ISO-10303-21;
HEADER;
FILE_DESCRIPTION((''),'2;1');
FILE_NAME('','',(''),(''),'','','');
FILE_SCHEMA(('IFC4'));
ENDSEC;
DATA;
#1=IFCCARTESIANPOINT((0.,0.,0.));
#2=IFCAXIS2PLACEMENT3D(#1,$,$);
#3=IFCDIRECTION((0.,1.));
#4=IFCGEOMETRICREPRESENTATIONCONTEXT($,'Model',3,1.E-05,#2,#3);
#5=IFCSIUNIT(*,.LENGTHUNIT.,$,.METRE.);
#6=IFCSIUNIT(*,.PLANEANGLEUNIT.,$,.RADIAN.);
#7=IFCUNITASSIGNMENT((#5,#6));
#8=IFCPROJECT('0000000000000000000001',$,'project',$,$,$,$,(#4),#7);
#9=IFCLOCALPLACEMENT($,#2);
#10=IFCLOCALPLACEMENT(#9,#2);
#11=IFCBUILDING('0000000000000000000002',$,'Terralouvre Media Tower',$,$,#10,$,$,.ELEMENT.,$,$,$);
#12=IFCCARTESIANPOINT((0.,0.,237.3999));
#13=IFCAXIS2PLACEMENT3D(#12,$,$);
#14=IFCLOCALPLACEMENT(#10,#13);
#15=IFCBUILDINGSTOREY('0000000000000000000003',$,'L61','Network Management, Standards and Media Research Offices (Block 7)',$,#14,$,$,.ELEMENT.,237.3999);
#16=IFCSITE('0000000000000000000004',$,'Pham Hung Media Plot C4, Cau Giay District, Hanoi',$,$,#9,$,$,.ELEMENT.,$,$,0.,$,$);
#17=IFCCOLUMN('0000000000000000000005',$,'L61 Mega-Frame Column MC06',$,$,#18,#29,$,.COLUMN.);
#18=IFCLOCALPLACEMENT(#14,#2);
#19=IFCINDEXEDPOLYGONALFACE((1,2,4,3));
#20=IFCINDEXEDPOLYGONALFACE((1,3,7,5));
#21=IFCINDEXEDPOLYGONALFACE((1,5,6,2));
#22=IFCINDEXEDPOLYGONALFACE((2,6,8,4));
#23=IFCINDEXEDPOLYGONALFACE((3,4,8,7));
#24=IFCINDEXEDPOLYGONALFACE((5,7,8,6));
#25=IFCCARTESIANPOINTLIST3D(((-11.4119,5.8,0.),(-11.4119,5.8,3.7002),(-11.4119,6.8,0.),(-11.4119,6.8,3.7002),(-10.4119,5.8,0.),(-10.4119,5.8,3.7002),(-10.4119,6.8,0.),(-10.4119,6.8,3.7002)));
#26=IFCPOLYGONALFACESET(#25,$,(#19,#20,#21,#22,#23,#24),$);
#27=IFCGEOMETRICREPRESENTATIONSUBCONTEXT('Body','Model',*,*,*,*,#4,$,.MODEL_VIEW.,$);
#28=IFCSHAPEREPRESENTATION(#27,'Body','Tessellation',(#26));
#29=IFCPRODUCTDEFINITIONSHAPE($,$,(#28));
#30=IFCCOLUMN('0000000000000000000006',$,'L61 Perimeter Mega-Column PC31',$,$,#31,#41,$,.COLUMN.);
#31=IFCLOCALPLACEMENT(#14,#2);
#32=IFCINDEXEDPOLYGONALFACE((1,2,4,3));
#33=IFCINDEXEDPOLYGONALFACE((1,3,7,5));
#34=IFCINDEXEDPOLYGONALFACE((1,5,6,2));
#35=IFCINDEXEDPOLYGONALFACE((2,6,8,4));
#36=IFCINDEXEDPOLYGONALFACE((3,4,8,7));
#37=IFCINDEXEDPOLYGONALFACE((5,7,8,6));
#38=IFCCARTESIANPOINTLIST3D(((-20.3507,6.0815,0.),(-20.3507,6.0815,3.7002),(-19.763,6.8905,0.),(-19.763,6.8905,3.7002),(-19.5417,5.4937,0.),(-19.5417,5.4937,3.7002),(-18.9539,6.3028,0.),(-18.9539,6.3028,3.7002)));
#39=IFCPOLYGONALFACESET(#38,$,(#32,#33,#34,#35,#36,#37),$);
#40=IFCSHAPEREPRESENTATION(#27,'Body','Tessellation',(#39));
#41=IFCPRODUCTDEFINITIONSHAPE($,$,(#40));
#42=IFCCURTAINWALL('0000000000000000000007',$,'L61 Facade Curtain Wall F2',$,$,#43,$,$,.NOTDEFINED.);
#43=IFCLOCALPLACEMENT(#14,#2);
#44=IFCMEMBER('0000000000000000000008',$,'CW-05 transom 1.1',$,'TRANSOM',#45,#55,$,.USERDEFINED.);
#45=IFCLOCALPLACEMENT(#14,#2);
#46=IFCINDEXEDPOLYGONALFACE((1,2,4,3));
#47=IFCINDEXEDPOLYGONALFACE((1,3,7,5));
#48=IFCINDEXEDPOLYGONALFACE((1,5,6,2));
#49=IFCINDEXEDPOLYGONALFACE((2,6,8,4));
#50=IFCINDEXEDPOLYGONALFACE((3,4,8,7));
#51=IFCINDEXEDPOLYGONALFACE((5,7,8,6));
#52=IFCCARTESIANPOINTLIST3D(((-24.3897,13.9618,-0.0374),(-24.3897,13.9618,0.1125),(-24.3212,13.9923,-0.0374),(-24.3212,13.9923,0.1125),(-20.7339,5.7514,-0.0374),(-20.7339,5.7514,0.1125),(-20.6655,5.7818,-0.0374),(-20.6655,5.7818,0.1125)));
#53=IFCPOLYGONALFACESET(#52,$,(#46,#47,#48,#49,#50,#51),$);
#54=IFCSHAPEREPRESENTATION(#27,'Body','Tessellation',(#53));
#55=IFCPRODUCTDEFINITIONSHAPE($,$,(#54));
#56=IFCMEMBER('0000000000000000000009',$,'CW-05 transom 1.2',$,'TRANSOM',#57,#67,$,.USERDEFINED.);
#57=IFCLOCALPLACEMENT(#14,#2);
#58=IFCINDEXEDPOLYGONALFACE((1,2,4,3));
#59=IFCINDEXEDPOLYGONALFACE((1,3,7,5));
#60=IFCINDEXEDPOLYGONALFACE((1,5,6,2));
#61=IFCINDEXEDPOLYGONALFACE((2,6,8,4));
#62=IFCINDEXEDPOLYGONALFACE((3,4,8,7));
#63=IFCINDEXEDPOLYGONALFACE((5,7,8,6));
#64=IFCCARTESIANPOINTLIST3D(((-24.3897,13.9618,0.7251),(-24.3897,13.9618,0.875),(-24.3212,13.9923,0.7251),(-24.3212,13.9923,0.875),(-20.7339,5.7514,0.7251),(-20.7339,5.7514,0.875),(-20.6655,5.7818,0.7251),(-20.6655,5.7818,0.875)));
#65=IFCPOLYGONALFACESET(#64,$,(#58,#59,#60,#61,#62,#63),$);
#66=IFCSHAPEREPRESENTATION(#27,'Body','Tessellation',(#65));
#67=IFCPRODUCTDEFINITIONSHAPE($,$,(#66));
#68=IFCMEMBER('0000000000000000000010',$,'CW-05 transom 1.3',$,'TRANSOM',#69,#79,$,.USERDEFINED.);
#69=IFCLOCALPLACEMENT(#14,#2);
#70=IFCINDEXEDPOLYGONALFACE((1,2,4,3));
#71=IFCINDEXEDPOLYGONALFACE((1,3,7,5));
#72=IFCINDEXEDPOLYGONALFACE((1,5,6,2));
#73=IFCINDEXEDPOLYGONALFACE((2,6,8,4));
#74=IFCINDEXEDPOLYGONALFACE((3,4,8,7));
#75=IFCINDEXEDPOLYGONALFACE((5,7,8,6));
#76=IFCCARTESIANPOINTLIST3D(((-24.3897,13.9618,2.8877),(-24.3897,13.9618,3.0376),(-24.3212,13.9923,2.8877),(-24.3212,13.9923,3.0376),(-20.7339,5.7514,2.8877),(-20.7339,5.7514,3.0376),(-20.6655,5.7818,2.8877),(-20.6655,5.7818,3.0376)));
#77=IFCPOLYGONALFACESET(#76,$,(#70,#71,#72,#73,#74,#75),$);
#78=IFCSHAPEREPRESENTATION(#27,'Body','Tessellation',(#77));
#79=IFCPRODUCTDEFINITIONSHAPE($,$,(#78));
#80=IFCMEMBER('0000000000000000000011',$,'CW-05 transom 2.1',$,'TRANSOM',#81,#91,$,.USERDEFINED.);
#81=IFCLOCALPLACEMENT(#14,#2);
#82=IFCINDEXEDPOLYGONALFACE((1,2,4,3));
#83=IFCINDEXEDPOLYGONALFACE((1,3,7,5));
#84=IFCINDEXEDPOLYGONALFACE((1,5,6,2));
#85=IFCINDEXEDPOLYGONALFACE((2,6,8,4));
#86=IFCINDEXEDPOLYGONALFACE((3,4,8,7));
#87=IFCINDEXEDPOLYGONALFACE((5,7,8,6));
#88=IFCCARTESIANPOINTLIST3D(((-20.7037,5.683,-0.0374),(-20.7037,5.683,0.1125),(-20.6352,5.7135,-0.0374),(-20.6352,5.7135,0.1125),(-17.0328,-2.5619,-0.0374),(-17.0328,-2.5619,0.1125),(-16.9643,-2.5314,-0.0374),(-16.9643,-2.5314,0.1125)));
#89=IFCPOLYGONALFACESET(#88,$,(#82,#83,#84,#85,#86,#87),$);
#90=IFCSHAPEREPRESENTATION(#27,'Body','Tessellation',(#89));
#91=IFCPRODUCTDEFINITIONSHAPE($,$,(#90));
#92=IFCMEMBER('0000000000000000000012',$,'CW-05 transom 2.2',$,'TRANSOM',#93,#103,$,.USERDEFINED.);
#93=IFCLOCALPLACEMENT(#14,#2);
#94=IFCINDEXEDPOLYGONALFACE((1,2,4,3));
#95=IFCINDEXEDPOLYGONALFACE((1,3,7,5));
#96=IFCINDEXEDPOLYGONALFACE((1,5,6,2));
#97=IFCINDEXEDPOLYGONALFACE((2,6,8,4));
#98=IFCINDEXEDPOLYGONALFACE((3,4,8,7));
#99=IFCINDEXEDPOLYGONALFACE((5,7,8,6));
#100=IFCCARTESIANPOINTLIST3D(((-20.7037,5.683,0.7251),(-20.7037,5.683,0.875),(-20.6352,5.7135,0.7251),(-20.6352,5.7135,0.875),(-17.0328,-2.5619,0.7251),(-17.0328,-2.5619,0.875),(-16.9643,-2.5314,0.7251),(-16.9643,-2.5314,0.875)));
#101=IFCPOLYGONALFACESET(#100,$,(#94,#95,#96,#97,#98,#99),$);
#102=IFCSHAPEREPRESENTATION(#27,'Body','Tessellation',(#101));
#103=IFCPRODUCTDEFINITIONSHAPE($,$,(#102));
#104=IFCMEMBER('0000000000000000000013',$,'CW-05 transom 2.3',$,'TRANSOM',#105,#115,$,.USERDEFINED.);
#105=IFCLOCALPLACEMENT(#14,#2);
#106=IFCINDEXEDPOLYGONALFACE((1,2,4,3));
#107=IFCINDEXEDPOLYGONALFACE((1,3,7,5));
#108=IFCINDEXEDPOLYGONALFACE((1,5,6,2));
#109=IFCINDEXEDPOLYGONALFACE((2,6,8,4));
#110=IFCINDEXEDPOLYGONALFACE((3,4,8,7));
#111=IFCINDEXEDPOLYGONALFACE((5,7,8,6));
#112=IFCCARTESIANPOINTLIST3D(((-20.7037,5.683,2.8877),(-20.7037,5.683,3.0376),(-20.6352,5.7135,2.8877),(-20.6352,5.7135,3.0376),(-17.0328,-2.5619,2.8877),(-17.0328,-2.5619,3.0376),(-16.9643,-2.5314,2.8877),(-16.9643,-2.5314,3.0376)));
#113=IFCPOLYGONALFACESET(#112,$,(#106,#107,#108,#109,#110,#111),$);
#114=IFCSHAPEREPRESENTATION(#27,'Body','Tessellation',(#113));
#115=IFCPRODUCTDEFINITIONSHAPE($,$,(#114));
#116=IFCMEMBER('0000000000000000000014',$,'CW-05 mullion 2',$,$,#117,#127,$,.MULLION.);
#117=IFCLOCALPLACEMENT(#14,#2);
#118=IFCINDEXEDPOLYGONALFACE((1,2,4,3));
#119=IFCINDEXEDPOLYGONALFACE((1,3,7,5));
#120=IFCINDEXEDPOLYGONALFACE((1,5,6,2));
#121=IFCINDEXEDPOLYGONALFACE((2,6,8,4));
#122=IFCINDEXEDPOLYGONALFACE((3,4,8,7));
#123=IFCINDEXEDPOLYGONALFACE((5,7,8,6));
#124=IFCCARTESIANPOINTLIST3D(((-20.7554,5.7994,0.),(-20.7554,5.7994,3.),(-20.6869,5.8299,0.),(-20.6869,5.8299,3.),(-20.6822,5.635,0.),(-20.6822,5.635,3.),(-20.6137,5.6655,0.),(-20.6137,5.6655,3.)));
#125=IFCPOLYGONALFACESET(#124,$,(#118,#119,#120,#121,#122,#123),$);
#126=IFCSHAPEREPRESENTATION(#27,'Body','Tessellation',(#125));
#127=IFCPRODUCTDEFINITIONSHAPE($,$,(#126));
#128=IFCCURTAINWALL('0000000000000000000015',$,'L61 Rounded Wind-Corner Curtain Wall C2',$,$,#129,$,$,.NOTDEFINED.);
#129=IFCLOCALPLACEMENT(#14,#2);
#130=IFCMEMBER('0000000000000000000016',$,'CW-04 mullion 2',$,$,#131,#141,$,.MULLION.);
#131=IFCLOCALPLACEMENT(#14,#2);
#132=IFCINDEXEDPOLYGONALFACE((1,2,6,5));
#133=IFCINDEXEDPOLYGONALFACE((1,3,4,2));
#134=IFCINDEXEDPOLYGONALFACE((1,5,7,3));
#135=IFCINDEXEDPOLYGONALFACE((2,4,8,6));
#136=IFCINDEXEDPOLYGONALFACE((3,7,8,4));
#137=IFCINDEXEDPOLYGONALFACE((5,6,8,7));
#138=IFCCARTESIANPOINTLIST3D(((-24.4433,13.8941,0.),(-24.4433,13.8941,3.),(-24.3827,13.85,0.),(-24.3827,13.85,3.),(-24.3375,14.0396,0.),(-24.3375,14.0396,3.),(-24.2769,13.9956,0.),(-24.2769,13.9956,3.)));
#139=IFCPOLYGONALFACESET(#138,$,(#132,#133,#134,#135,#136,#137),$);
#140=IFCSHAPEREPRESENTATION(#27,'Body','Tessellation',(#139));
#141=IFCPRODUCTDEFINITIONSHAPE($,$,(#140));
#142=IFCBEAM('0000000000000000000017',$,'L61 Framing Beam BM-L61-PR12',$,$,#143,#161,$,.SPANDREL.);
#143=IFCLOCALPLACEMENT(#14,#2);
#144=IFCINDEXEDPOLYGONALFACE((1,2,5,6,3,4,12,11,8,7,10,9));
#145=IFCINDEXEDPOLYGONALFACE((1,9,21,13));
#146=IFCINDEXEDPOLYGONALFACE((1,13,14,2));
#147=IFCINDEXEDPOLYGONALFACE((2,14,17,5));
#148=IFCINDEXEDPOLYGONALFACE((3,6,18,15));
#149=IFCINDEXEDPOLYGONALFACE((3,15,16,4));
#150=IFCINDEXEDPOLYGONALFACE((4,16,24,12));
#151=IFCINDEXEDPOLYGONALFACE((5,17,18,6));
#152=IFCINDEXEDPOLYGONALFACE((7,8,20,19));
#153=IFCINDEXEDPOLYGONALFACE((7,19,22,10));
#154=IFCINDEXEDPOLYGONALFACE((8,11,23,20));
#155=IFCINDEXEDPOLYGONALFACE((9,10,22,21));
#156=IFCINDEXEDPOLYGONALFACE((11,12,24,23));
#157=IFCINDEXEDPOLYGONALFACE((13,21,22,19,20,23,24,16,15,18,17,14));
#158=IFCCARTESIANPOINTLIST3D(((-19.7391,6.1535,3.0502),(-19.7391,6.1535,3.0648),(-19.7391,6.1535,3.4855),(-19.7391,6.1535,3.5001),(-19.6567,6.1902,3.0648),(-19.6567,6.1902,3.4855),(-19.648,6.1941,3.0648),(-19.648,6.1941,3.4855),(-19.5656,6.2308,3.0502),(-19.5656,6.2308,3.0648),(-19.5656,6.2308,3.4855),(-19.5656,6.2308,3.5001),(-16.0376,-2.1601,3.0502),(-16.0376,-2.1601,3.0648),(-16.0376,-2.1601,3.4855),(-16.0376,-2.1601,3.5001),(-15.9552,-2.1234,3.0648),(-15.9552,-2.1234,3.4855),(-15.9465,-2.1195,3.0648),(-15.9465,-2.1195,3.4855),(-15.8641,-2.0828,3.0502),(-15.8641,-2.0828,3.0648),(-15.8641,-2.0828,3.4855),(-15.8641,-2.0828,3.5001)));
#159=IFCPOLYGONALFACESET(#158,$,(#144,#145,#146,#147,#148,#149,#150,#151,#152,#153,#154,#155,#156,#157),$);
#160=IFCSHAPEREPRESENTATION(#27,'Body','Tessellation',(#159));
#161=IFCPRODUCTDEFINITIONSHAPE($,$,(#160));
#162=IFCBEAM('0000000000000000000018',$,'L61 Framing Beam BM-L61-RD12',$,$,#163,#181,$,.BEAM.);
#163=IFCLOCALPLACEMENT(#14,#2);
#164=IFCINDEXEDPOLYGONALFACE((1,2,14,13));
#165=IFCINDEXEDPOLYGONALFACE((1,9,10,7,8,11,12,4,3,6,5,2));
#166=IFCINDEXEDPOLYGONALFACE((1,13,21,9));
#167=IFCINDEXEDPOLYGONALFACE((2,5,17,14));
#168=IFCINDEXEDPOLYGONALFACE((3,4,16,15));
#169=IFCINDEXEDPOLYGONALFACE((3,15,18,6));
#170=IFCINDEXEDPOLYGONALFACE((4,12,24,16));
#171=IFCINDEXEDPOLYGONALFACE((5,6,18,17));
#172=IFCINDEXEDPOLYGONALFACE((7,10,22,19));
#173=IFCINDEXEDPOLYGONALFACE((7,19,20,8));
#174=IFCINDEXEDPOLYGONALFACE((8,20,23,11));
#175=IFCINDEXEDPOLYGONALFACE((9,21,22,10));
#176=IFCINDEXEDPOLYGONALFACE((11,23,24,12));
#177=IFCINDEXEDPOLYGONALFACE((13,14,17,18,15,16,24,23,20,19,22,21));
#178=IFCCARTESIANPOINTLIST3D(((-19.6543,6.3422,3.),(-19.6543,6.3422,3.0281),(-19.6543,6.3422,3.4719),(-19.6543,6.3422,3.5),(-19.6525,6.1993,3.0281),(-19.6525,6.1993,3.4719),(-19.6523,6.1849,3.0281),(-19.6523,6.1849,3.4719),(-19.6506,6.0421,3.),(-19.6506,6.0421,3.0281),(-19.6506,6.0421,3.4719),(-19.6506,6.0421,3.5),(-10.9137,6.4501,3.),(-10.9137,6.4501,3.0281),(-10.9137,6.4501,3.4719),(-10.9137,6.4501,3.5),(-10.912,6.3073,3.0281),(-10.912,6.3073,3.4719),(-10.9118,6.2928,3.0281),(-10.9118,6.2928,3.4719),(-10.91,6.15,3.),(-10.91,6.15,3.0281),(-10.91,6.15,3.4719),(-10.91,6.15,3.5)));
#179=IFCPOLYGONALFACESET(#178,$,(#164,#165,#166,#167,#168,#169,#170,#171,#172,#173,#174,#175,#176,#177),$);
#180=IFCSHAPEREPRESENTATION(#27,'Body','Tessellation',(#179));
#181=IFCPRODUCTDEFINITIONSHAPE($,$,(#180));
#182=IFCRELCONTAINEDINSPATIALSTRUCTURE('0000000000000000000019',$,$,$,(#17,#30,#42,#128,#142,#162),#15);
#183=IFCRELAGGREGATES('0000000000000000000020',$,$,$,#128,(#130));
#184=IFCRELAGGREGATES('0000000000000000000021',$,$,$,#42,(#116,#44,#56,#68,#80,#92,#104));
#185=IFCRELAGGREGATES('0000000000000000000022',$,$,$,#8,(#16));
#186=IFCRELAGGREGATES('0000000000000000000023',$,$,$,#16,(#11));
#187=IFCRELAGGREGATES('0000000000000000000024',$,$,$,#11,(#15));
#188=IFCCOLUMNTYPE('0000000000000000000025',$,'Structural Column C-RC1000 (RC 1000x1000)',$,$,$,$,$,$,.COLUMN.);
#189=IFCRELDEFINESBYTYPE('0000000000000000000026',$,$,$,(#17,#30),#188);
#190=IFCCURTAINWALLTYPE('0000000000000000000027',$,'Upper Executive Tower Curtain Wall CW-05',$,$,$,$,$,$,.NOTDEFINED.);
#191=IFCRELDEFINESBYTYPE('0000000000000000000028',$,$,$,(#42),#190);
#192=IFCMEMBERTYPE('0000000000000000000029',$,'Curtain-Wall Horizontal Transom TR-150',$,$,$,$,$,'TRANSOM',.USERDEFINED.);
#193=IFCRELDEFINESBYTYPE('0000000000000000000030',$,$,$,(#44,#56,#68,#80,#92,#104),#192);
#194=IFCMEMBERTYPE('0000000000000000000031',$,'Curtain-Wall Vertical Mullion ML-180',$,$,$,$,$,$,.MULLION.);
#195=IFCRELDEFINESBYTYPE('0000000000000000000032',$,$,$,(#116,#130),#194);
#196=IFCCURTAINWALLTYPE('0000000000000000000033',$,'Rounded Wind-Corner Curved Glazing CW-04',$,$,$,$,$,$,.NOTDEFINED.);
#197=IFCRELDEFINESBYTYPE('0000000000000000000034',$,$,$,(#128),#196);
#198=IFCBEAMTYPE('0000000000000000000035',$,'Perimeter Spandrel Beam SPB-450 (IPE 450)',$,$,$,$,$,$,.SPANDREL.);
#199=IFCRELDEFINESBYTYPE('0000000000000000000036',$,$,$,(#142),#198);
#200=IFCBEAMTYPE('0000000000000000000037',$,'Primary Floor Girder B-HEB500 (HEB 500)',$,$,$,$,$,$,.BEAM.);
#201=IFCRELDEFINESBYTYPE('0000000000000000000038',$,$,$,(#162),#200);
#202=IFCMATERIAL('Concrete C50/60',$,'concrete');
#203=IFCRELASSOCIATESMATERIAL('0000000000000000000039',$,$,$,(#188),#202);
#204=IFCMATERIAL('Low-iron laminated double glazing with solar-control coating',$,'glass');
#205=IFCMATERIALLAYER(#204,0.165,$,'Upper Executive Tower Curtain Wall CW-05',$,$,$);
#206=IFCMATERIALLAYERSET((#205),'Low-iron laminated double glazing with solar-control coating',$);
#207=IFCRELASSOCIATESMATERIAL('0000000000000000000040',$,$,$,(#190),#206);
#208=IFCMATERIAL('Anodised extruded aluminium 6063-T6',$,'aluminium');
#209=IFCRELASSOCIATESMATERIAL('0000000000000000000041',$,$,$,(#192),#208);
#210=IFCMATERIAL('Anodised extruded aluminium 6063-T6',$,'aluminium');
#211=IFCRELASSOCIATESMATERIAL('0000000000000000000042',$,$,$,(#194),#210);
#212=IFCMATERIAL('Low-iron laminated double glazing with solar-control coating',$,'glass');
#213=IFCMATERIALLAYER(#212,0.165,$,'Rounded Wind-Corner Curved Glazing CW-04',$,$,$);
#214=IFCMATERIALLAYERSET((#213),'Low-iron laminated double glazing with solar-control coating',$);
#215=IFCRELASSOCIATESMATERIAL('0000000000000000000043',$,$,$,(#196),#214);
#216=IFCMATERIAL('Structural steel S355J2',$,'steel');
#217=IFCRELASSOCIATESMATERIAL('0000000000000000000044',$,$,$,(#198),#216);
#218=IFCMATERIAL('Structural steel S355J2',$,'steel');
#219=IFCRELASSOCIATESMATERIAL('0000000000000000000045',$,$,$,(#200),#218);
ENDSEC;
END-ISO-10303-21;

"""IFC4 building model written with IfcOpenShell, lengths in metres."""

from ifc_helpers import new_model, si_unit, direction, frame, origin, origin_2d, place, context, subcontext, project, spatial, rectangle, i_section, extrude, material, layer, layer_set, material_profile, profile_set, type_object, element, aggregate, save


model = new_model("IFC4")

# Units and contexts
model_context = context("Model", 3, precision=1e-05, world=origin(), true_north=direction((0.0, 1.0)))
body_context = subcontext(model_context, "Body", "Model", "MODEL_VIEW")
ifc_project = project(units=[si_unit("LENGTHUNIT", "METRE"), si_unit("PLANEANGLEUNIT", "RADIAN")], contexts=[model_context])

# Site, building, storey
site_placement = place(None, origin())
site = spatial("IfcSite", under=ifc_project, at=site_placement, Name="Pham Hung Media Plot C4, Cau Giay District, Hanoi", CompositionType="ELEMENT", RefElevation=0.0)
building_placement = place(site_placement, origin())
building = spatial("IfcBuilding", under=site, at=building_placement, Name="Terralouvre Media Tower", CompositionType="ELEMENT")
storey_placement = place(building_placement, frame((0.0, 0.0, 237.3999)))
storey = spatial("IfcBuildingStorey", under=building, at=storey_placement, Name="L61", Description="Network Management, Standards and Media Research Offices (Block 7)", CompositionType="ELEMENT", Elevation=237.3999)

# Columns
ifc_material_1 = material(Name="Concrete C50/60", Category="concrete")
ifc_material_profile_1 = material_profile(ifc_material_1, rectangle(XDim=1.0, YDim=1.0, at=origin_2d()), Name="RC 1000x1000")
ifc_profile_set_1 = profile_set([ifc_material_profile_1], Name="Concrete C50/60")
column_type = type_object("IfcColumnType", Name="Structural Column C-RC1000 (RC 1000x1000)", PredefinedType="COLUMN", material=ifc_profile_set_1)
for number, where, z_axis, x_axis, name in (
    (1, (-10.9119, 6.3, 0.0), (0.0, 0.0, 1.0), (1.0, 0.0, 0.0), "L61 Mega-Frame Column MC06"),
    (2, (-19.6523, 6.1921, 0.0), (0.0, 0.0, 1.0), (0.587785, 0.809017, 0.0), "L61 Perimeter Mega-Column PC31"),
):
    element("IfcColumn", number, at=place(storey_placement, frame(where, z_axis=z_axis, x_axis=x_axis)), inside=storey, type_object=column_type, Name=name, PredefinedType="COLUMN", context=body_context, shape_type="SweptSolid", body=[
        extrude(rectangle(XDim=1.0, YDim=1.0, at=origin_2d()), origin(), (0.0, 0.0, 1.0), 3.7002),
    ])

# Curtain wall, members
ifc_material_2 = material(Name="Low-iron laminated double glazing with solar-control coating", Category="glass")
ifc_layer_1 = layer(ifc_material_2, 0.165, Name="Upper Executive Tower Curtain Wall CW-05")
ifc_layer_set_1 = layer_set([ifc_layer_1], Name="Low-iron laminated double glazing with solar-control coating")
curtain_wall_type_1 = type_object("IfcCurtainWallType", Name="Upper Executive Tower Curtain Wall CW-05", PredefinedType="NOTDEFINED", material=ifc_layer_set_1)
curtain_wall_1_placement = place(storey_placement, origin())
curtain_wall_1 = element("IfcCurtainWall", 3, at=curtain_wall_1_placement, inside=storey, type_object=curtain_wall_type_1, Name="L61 Facade Curtain Wall F2", PredefinedType="NOTDEFINED")
ifc_material_3 = material(Name="Anodised extruded aluminium 6063-T6", Category="aluminium")
ifc_material_profile_2 = material_profile(ifc_material_3, rectangle(XDim=0.075, YDim=0.1499, at=origin_2d()), Name="ALU 75x150")
ifc_profile_set_2 = profile_set([ifc_material_profile_2], Name="Anodised extruded aluminium 6063-T6")
member_type_1 = type_object("IfcMemberType", Name="Curtain-Wall Horizontal Transom TR-150", ElementType="TRANSOM", PredefinedType="USERDEFINED", material=ifc_profile_set_2)
member_1_placement = place(storey_placement, frame((-24.3555, 13.9771, 0.0376), z_axis=(0.406758, -0.913536, 0.0), x_axis=(0.913536, 0.406758, 0.0)))
member_1 = element("IfcMember", 4, at=member_1_placement, type_object=member_type_1, Name="CW-05 transom 1.1", ObjectType="TRANSOM", PredefinedType="USERDEFINED", context=body_context, shape_type="SweptSolid", body=[
    extrude(rectangle(XDim=0.075, YDim=0.1499, at=origin_2d()), origin(), (0.0, 0.0, 1.0), 8.9875),
])
member_2_placement = place(storey_placement, frame((-24.3555, 13.9771, 0.8), z_axis=(0.406758, -0.913536, 0.0), x_axis=(0.913536, 0.406758, 0.0)))
member_2 = element("IfcMember", 5, at=member_2_placement, type_object=member_type_1, Name="CW-05 transom 1.2", ObjectType="TRANSOM", PredefinedType="USERDEFINED", context=body_context, shape_type="SweptSolid", body=[
    extrude(rectangle(XDim=0.075, YDim=0.1499, at=origin_2d()), origin(), (0.0, 0.0, 1.0), 8.9875),
])
member_3_placement = place(storey_placement, frame((-24.3555, 13.9771, 2.9626), z_axis=(0.406758, -0.913536, 0.0), x_axis=(0.913536, 0.406758, 0.0)))
member_3 = element("IfcMember", 6, at=member_3_placement, type_object=member_type_1, Name="CW-05 transom 1.3", ObjectType="TRANSOM", PredefinedType="USERDEFINED", context=body_context, shape_type="SweptSolid", body=[
    extrude(rectangle(XDim=0.075, YDim=0.1499, at=origin_2d()), origin(), (0.0, 0.0, 1.0), 8.9875),
])
member_4_placement = place(storey_placement, frame((-20.6694, 5.6982, 0.0376), z_axis=(0.406741, -0.913544, 0.0), x_axis=(0.913544, 0.406741, 0.0)))
member_4 = element("IfcMember", 7, at=member_4_placement, type_object=member_type_1, Name="CW-05 transom 2.1", ObjectType="TRANSOM", PredefinedType="USERDEFINED", context=body_context, shape_type="SweptSolid", body=[
    extrude(rectangle(XDim=0.075, YDim=0.1499, at=origin_2d()), origin(), (0.0, 0.0, 1.0), 9.0251),
])
member_5_placement = place(storey_placement, frame((-20.6694, 5.6982, 0.8), z_axis=(0.406741, -0.913544, 0.0), x_axis=(0.913544, 0.406741, 0.0)))
member_5 = element("IfcMember", 8, at=member_5_placement, type_object=member_type_1, Name="CW-05 transom 2.2", ObjectType="TRANSOM", PredefinedType="USERDEFINED", context=body_context, shape_type="SweptSolid", body=[
    extrude(rectangle(XDim=0.075, YDim=0.1499, at=origin_2d()), origin(), (0.0, 0.0, 1.0), 9.0251),
])
member_6_placement = place(storey_placement, frame((-20.6694, 5.6982, 2.9626), z_axis=(0.406741, -0.913544, 0.0), x_axis=(0.913544, 0.406741, 0.0)))
member_6 = element("IfcMember", 9, at=member_6_placement, type_object=member_type_1, Name="CW-05 transom 2.3", ObjectType="TRANSOM", PredefinedType="USERDEFINED", context=body_context, shape_type="SweptSolid", body=[
    extrude(rectangle(XDim=0.075, YDim=0.1499, at=origin_2d()), origin(), (0.0, 0.0, 1.0), 9.0251),
])
ifc_material_4 = material(Name="Anodised extruded aluminium 6063-T6", Category="aluminium")
ifc_material_profile_3 = material_profile(ifc_material_4, rectangle(XDim=0.075, YDim=0.1799, at=origin_2d()), Name="ALU 75x180")
ifc_profile_set_3 = profile_set([ifc_material_profile_3], Name="Anodised extruded aluminium 6063-T6")
member_type_2 = type_object("IfcMemberType", Name="Curtain-Wall Vertical Mullion ML-180", PredefinedType="MULLION", material=ifc_profile_set_3)
member_7_placement = place(storey_placement, frame((-20.6846, 5.7324, 0.0), z_axis=(0.0, 0.0, 1.0), x_axis=(0.913545, 0.406737, 0.0)))
member_7 = element("IfcMember", 10, at=member_7_placement, type_object=member_type_2, Name="CW-05 mullion 2", PredefinedType="MULLION", context=body_context, shape_type="SweptSolid", body=[
    extrude(rectangle(XDim=0.075, YDim=0.1799, at=origin_2d()), origin(), (0.0, 0.0, 1.0), 3.0),
])

# Curtain wall, member
ifc_material_5 = material(Name="Low-iron laminated double glazing with solar-control coating", Category="glass")
ifc_layer_2 = layer(ifc_material_5, 0.165, Name="Rounded Wind-Corner Curved Glazing CW-04")
ifc_layer_set_2 = layer_set([ifc_layer_2], Name="Low-iron laminated double glazing with solar-control coating")
curtain_wall_type_2 = type_object("IfcCurtainWallType", Name="Rounded Wind-Corner Curved Glazing CW-04", PredefinedType="NOTDEFINED", material=ifc_layer_set_2)
curtain_wall_2_placement = place(storey_placement, origin())
curtain_wall_2 = element("IfcCurtainWall", 11, at=curtain_wall_2_placement, inside=storey, type_object=curtain_wall_type_2, Name="L61 Rounded Wind-Corner Curtain Wall C2", PredefinedType="NOTDEFINED")
member_8_placement = place(storey_placement, frame((-24.3601, 13.9448, 0.0), z_axis=(0.0, 0.0, 1.0), x_axis=(0.809017, -0.587786, 0.0)))
member_8 = element("IfcMember", 12, at=member_8_placement, type_object=member_type_2, Name="CW-04 mullion 2", PredefinedType="MULLION", context=body_context, shape_type="SweptSolid", body=[
    extrude(rectangle(XDim=0.075, YDim=0.1799, at=origin_2d()), origin(), (0.0, 0.0, 1.0), 3.0),
])
aggregate(curtain_wall_2, [member_8])

# Beams
ifc_material_6 = material(Name="Structural steel S355J2", Category="steel")
ifc_material_profile_4 = material_profile(ifc_material_6, i_section(OverallWidth=0.1899, OverallDepth=0.45, WebThickness=0.0095, FlangeThickness=0.0146, at=origin_2d()), Name="IPE 450")
ifc_profile_set_4 = profile_set([ifc_material_profile_4], Name="Structural steel S355J2")
beam_type_1 = type_object("IfcBeamType", Name="Perimeter Spandrel Beam SPB-450 (IPE 450)", PredefinedType="SPANDREL", material=ifc_profile_set_4)
beam_1_placement = place(storey_placement, frame((-19.6523, 6.1921, 3.2751), z_axis=(0.406738, -0.913545, 0.0), x_axis=(0.913545, 0.406738, 0.0)))
element("IfcBeam", 13, at=beam_1_placement, inside=storey, type_object=beam_type_1, Name="L61 Framing Beam BM-L61-PR12", PredefinedType="SPANDREL", context=body_context, shape_type="SweptSolid", body=[
    extrude(i_section(OverallWidth=0.1899, OverallDepth=0.45, WebThickness=0.0095, FlangeThickness=0.0146, at=origin_2d()), origin(), (0.0, 0.0, 1.0), 9.1003),
])
ifc_material_7 = material(Name="Structural steel S355J2", Category="steel")
ifc_material_profile_5 = material_profile(ifc_material_7, i_section(OverallWidth=0.3, OverallDepth=0.5, WebThickness=0.0144, FlangeThickness=0.0281, at=origin_2d()), Name="HEB 500")
ifc_profile_set_5 = profile_set([ifc_material_profile_5], Name="Structural steel S355J2")
beam_type_2 = type_object("IfcBeamType", Name="Primary Floor Girder B-HEB500 (HEB 500)", PredefinedType="BEAM", material=ifc_profile_set_5)
beam_2_placement = place(storey_placement, frame((-10.9119, 6.3, 3.25), z_axis=(-0.999924, -0.012345, 0.0), x_axis=(0.012345, -0.999924, 0.0)))
element("IfcBeam", 14, at=beam_2_placement, inside=storey, type_object=beam_type_2, Name="L61 Framing Beam BM-L61-RD12", PredefinedType="BEAM", context=body_context, shape_type="SweptSolid", body=[
    extrude(i_section(OverallWidth=0.3, OverallDepth=0.5, WebThickness=0.0144, FlangeThickness=0.0281, at=origin_2d()), origin(), (0.0, 0.0, 1.0), 8.7412),
])

aggregate(curtain_wall_1, [member_7, member_1, member_2, member_3, member_4, member_5, member_6])

save(model, "model.ifc")
